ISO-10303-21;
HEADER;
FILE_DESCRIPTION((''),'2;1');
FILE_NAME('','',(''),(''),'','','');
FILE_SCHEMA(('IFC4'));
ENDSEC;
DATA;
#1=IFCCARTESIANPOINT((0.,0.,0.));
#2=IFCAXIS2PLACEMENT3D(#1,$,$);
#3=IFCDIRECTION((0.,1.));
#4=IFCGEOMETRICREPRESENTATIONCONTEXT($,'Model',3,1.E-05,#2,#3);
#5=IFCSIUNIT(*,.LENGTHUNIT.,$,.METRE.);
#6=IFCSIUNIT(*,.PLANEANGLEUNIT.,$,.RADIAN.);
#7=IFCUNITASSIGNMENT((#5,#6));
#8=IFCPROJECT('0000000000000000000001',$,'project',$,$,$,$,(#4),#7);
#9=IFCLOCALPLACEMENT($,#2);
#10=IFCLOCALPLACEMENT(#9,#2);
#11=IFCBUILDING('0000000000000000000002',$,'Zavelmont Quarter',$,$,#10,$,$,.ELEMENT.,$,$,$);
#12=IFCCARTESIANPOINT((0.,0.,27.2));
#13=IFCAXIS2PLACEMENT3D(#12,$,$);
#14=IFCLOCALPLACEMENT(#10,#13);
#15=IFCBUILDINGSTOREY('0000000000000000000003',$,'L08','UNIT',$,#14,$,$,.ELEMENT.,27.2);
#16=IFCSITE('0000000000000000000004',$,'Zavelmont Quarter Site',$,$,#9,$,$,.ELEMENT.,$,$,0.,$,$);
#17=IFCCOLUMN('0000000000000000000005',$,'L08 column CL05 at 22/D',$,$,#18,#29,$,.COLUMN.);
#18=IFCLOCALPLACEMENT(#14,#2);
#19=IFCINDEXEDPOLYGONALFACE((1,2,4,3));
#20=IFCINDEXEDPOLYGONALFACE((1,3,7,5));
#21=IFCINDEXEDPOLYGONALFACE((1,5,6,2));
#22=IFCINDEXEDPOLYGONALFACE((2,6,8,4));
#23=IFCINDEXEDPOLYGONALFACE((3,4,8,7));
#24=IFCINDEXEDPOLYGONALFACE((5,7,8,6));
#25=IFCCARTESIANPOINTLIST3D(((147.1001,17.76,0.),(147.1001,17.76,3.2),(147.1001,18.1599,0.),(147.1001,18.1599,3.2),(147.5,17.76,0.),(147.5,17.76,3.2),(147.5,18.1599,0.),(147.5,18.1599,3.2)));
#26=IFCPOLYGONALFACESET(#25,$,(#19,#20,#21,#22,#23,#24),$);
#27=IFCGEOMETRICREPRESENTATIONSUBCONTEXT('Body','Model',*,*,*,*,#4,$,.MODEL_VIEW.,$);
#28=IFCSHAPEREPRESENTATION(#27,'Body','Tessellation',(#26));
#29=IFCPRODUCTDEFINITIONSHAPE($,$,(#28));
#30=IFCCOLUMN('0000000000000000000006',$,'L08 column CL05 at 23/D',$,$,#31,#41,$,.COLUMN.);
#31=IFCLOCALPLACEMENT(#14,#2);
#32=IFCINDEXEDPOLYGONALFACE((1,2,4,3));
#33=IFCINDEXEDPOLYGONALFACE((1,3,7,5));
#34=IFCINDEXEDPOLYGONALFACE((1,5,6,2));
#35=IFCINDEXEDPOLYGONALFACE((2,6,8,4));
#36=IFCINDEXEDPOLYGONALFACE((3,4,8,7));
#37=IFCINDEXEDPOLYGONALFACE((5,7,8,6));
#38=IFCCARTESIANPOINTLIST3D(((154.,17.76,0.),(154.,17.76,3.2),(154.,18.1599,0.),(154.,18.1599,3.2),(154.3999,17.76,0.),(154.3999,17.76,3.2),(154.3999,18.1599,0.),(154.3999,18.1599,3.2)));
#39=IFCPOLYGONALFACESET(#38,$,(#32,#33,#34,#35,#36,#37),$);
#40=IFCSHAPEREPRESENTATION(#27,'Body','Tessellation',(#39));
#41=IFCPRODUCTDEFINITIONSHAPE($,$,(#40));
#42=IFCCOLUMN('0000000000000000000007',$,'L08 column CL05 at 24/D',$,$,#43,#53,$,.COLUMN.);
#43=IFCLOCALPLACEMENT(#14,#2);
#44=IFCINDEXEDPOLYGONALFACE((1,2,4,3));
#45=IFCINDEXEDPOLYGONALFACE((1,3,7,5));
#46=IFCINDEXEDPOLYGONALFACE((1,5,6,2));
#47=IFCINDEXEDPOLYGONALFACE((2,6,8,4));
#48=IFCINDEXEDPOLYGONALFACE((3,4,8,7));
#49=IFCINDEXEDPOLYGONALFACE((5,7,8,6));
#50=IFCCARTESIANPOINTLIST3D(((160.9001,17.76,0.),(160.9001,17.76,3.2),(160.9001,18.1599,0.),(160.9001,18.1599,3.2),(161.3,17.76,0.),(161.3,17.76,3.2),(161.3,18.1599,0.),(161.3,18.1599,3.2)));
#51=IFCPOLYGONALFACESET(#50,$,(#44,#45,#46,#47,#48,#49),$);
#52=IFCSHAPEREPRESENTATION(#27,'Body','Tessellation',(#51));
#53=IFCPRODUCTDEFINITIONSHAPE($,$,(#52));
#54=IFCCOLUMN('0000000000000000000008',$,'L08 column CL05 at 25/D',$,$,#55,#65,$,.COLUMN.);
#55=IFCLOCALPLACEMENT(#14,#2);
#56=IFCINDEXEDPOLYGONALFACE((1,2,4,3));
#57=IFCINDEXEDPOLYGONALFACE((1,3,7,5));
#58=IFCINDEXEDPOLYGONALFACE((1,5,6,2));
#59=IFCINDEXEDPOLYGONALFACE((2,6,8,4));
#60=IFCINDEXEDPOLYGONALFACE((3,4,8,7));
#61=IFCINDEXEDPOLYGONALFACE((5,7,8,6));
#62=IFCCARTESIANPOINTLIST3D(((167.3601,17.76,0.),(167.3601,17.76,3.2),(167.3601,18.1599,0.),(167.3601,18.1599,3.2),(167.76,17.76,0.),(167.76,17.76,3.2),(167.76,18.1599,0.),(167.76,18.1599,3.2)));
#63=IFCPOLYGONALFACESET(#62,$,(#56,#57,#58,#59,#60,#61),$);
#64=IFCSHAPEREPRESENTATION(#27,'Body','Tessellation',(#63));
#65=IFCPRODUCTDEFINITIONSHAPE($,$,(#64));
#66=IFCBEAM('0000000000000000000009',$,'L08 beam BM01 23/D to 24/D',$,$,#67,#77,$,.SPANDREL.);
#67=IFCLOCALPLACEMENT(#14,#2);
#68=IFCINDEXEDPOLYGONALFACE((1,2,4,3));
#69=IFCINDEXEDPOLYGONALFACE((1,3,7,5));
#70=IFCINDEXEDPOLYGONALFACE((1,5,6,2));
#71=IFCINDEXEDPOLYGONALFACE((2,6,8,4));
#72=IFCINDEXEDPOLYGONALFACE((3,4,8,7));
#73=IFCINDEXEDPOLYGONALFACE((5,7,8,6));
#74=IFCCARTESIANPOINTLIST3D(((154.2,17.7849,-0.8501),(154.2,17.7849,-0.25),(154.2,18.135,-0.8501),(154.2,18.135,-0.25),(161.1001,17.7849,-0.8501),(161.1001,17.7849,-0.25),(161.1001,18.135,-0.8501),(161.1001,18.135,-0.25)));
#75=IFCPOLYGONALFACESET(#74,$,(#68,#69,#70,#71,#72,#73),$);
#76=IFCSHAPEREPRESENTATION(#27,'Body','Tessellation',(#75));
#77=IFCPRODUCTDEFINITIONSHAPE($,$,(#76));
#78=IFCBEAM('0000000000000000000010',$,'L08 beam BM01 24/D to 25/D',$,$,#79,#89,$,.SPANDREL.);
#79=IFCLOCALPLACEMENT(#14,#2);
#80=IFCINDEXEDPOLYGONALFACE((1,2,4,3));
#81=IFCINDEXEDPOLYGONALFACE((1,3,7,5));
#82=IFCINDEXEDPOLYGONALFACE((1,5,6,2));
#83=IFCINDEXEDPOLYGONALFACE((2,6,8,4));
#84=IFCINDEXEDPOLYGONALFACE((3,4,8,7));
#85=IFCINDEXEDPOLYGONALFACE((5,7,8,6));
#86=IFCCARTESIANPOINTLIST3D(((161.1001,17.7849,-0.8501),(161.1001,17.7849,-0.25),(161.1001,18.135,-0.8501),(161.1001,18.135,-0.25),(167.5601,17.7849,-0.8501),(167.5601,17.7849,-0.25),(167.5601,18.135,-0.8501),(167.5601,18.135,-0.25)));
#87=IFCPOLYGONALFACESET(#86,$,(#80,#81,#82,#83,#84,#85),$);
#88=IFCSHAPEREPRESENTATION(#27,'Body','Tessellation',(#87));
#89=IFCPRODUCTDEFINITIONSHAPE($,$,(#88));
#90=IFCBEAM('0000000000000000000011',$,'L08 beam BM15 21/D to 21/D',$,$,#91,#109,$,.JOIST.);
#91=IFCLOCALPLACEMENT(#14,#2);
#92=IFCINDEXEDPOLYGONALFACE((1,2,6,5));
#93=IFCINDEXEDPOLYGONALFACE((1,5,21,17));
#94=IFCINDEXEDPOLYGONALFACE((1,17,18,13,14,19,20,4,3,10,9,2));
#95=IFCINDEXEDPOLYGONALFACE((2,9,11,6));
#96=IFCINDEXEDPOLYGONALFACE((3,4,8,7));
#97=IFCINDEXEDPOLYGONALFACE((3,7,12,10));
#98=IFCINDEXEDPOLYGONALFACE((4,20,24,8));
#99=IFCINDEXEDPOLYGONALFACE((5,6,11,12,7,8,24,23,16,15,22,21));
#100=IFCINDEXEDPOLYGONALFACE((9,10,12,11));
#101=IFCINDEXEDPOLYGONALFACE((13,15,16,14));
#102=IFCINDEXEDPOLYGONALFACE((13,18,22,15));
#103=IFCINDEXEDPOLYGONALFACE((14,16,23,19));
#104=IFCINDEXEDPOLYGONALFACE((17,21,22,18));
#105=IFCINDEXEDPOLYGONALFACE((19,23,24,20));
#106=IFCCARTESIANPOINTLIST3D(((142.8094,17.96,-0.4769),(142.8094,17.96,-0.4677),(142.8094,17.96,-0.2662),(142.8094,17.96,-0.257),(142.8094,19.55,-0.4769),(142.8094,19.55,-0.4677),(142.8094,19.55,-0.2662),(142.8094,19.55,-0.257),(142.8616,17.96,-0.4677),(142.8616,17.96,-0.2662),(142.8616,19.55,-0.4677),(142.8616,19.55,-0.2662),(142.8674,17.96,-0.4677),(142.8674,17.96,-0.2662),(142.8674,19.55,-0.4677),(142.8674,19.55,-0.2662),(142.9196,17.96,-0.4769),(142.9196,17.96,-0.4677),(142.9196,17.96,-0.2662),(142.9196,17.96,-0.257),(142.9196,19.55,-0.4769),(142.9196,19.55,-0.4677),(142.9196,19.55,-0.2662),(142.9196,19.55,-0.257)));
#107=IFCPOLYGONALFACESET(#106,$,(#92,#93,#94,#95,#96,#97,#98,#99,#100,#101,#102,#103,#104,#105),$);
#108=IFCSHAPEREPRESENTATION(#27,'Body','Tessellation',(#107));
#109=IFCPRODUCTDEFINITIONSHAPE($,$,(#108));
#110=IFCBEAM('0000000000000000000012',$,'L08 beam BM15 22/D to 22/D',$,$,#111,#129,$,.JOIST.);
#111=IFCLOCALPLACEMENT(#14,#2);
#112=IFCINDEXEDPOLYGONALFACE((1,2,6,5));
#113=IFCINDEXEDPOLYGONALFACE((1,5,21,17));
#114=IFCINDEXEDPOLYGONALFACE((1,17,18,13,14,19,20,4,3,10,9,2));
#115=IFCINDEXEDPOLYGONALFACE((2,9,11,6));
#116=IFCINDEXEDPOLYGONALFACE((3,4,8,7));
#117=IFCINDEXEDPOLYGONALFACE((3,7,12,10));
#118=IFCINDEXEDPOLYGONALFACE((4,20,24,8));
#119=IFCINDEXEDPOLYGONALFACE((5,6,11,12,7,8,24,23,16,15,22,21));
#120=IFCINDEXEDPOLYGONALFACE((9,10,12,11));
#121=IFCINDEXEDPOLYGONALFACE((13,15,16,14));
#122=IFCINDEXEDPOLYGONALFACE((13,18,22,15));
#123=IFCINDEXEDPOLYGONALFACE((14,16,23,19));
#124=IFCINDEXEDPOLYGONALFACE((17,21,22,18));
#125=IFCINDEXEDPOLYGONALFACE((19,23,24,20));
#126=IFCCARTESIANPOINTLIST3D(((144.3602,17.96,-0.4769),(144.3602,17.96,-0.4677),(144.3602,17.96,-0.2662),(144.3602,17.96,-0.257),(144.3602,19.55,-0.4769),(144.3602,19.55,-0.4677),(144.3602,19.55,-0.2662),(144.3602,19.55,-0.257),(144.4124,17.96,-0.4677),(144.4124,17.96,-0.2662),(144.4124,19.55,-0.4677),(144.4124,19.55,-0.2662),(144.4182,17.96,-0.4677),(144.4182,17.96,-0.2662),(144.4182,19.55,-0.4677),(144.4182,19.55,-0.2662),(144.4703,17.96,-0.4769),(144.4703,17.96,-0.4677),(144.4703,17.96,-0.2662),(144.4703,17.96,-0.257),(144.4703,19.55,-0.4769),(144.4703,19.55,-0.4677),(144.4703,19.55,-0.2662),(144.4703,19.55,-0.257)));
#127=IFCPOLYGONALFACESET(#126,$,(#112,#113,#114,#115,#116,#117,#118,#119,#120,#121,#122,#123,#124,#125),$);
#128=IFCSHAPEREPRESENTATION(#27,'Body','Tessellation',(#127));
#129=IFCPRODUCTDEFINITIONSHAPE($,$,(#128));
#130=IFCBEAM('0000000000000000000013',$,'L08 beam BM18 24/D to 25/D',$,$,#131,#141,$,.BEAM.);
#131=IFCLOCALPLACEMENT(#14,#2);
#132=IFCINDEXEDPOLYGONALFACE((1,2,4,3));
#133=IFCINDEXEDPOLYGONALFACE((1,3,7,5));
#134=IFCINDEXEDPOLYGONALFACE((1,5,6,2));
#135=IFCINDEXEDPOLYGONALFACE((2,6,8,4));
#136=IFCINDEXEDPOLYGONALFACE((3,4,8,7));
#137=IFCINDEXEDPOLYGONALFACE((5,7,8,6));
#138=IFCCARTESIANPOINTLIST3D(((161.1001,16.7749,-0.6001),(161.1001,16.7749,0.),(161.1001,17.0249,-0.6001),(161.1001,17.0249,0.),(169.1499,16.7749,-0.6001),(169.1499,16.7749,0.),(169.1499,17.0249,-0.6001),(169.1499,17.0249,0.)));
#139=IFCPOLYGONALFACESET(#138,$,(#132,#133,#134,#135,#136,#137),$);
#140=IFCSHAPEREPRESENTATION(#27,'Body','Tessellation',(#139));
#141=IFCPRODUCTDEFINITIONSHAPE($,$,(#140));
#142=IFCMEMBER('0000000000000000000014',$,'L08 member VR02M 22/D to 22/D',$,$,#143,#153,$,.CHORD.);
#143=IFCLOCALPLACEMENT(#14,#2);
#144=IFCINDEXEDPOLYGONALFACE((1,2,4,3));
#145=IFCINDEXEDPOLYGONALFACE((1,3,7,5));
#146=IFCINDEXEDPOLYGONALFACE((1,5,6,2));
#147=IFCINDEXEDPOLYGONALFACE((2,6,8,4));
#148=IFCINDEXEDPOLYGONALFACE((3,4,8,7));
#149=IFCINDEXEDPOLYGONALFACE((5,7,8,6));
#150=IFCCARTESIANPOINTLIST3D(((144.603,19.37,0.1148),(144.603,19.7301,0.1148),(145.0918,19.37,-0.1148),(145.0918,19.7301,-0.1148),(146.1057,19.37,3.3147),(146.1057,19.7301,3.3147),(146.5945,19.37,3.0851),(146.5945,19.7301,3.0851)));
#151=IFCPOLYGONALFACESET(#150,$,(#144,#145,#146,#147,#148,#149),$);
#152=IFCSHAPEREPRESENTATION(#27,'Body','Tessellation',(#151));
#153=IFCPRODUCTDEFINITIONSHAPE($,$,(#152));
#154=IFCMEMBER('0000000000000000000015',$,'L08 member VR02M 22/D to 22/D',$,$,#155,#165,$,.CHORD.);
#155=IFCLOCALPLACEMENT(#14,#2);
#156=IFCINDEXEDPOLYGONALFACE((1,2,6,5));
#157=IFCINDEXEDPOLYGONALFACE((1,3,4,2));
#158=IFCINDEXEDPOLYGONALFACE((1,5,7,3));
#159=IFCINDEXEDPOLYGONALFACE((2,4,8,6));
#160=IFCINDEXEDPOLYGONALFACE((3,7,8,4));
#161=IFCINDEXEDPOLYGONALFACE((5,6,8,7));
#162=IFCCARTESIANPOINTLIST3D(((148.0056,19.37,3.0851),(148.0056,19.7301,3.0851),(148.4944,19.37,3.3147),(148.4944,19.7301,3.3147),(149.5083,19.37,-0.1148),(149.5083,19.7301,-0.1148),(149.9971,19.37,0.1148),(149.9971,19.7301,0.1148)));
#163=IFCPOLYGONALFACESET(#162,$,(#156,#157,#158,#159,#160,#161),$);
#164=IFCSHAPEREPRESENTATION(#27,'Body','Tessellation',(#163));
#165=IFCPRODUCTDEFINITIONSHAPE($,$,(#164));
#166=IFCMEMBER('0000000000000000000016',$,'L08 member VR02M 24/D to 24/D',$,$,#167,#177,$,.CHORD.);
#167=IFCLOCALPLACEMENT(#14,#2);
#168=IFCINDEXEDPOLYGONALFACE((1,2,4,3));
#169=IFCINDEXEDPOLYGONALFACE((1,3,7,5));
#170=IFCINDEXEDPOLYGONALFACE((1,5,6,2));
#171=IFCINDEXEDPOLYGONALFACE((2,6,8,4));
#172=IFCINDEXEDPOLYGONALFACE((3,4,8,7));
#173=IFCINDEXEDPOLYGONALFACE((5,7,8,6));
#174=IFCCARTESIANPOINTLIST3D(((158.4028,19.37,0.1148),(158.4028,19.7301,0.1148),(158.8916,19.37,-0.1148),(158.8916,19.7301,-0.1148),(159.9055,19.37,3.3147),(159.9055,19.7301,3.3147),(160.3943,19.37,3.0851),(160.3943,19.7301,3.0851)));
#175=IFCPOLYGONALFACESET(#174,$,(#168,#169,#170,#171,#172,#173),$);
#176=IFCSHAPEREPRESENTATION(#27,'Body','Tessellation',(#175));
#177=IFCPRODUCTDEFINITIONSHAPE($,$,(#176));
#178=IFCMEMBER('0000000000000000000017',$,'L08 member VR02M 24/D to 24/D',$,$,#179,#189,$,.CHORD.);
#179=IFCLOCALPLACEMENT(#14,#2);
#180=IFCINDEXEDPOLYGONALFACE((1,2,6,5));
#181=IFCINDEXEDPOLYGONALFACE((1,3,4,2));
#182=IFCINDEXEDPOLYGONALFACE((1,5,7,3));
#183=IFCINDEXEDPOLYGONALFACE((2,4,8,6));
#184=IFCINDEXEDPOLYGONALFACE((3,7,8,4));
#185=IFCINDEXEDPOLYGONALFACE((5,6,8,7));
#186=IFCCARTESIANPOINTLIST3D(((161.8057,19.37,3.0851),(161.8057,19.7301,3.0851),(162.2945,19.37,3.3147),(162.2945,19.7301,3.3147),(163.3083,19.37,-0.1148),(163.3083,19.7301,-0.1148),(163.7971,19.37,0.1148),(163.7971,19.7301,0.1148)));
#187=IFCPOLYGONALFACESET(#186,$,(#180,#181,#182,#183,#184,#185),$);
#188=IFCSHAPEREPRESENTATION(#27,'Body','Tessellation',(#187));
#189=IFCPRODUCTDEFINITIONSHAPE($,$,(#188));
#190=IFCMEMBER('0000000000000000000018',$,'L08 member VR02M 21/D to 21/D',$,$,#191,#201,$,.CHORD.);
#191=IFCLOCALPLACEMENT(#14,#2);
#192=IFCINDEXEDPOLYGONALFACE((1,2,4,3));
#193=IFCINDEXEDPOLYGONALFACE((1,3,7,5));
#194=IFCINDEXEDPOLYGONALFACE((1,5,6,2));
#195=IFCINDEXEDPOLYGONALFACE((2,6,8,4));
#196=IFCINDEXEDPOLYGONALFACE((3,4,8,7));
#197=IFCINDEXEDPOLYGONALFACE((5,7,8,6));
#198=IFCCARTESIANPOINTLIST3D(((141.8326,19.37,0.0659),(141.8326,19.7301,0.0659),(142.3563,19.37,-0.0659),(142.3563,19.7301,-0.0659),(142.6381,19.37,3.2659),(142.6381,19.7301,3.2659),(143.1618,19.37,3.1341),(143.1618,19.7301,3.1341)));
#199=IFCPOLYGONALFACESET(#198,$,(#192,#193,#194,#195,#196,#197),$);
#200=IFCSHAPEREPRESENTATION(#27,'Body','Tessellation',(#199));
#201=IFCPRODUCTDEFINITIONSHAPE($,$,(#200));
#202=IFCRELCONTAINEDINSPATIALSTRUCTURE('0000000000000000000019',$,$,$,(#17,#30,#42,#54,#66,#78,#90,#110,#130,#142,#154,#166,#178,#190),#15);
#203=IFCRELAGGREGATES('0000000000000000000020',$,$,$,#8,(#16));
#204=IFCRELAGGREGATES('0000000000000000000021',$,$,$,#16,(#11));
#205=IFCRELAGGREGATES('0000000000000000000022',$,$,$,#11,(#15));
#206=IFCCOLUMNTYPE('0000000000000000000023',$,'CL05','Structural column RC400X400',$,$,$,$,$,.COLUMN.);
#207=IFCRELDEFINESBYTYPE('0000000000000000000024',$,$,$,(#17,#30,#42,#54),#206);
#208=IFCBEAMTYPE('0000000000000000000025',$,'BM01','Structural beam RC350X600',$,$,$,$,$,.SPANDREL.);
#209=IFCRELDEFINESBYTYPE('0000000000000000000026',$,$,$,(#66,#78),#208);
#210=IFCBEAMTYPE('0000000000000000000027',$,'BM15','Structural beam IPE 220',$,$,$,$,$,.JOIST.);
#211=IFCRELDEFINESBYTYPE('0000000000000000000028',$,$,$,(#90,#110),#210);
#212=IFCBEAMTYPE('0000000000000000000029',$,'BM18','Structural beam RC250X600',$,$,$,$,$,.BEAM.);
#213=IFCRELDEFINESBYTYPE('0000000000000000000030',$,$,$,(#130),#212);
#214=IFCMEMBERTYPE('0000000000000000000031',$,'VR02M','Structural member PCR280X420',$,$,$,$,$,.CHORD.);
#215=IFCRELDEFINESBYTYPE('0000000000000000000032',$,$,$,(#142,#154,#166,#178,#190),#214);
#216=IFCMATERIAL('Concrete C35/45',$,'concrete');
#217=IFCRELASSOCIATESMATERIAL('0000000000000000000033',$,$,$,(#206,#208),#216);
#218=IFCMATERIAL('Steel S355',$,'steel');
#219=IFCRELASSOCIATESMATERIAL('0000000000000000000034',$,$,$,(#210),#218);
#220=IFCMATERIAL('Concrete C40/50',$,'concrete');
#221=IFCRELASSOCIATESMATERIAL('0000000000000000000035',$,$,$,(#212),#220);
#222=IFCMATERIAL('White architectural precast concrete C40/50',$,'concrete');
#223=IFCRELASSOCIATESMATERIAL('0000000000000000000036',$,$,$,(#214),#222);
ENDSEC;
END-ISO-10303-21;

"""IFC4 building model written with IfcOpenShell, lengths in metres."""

from ifc_helpers import new_model, si_unit, direction, frame, origin, origin_2d, place, context, subcontext, project, spatial, rectangle, i_section, extrude, material, material_profile, profile_set, type_object, element, save


model = new_model("IFC4")

# Units and contexts
model_context = context("Model", 3, precision=1e-05, world=origin(), true_north=direction((0.0, 1.0)))
body_context = subcontext(model_context, "Body", "Model", "MODEL_VIEW")
ifc_project = project(units=[si_unit("LENGTHUNIT", "METRE"), si_unit("PLANEANGLEUNIT", "RADIAN")], contexts=[model_context])

# Site, building, storey
site_placement = place(None, origin())
site = spatial("IfcSite", under=ifc_project, at=site_placement, Name="Zavelmont Quarter Site", CompositionType="ELEMENT", RefElevation=0.0)
building_placement = place(site_placement, origin())
building = spatial("IfcBuilding", under=site, at=building_placement, Name="Zavelmont Quarter", CompositionType="ELEMENT")
storey_placement = place(building_placement, frame((0.0, 0.0, 27.2)))
storey = spatial("IfcBuildingStorey", under=building, at=storey_placement, Name="L08", Description="UNIT", CompositionType="ELEMENT", Elevation=27.2)

# Columns
ifc_material_1 = material(Name="Concrete C35/45", Category="concrete")
ifc_material_profile_1 = material_profile(ifc_material_1, rectangle(XDim=0.3999, YDim=0.3999, at=origin_2d()), Name="RC400X400")
ifc_profile_set_1 = profile_set([ifc_material_profile_1], Name="Concrete C35/45")
column_type = type_object("IfcColumnType", Name="CL05", Description="Structural column RC400X400", PredefinedType="COLUMN", material=ifc_profile_set_1)
for number, where, z_axis, x_axis, name in (
    (1, (147.3, 17.96, 0.0), (0.0, 0.0, 1.0), (1.0, 0.0, 0.0), "L08 column CL05 at 22/D"),
    (2, (154.2, 17.96, 0.0), (0.0, 0.0, 1.0), (1.0, 0.0, 0.0), "L08 column CL05 at 23/D"),
    (3, (161.1001, 17.96, 0.0), (0.0, 0.0, 1.0), (1.0, 0.0, 0.0), "L08 column CL05 at 24/D"),
    (4, (167.5601, 17.96, 0.0), (0.0, 0.0, 1.0), (1.0, 0.0, 0.0), "L08 column CL05 at 25/D"),
):
    element("IfcColumn", number, at=place(storey_placement, frame(where, z_axis=z_axis, x_axis=x_axis)), inside=storey, type_object=column_type, Name=name, PredefinedType="COLUMN", context=body_context, shape_type="SweptSolid", body=[
        extrude(rectangle(XDim=0.3999, YDim=0.3999, at=origin_2d()), origin(), (0.0, 0.0, 1.0), 3.2),
    ])

# Beams
ifc_material_profile_2 = material_profile(ifc_material_1, rectangle(XDim=0.3501, YDim=0.6001, at=origin_2d()), Name="RC350X600")
ifc_profile_set_2 = profile_set([ifc_material_profile_2], Name="Concrete C35/45")
beam_type_1 = type_object("IfcBeamType", Name="BM01", Description="Structural beam RC350X600", PredefinedType="SPANDREL", material=ifc_profile_set_2)
beam_1_placement = place(storey_placement, frame((154.2, 17.96, -0.55), z_axis=(1.0, 0.0, 0.0), x_axis=(0.0, 1.0, 0.0)))
element("IfcBeam", 5, at=beam_1_placement, inside=storey, type_object=beam_type_1, Name="L08 beam BM01 23/D to 24/D", PredefinedType="SPANDREL", context=body_context, shape_type="SweptSolid", body=[
    extrude(rectangle(XDim=0.3501, YDim=0.6001, at=origin_2d()), origin(), (0.0, 0.0, 1.0), 6.9001),
])
beam_2_placement = place(storey_placement, frame((161.1001, 17.96, -0.55), z_axis=(1.0, 0.0, 0.0), x_axis=(0.0, 1.0, 0.0)))
element("IfcBeam", 6, at=beam_2_placement, inside=storey, type_object=beam_type_1, Name="L08 beam BM01 24/D to 25/D", PredefinedType="SPANDREL", context=body_context, shape_type="SweptSolid", body=[
    extrude(rectangle(XDim=0.3501, YDim=0.6001, at=origin_2d()), origin(), (0.0, 0.0, 1.0), 6.46),
])
ifc_material_2 = material(Name="Steel S355", Category="steel")
ifc_material_profile_3 = material_profile(ifc_material_2, i_section(OverallWidth=0.1101, OverallDepth=0.22, WebThickness=0.0059, FlangeThickness=0.0093, at=origin_2d()), Name="IPE 220")
ifc_profile_set_3 = profile_set([ifc_material_profile_3], Name="Steel S355")
beam_type_2 = type_object("IfcBeamType", Name="BM15", Description="Structural beam IPE 220", PredefinedType="JOIST", material=ifc_profile_set_3)
for number, where, z_axis, x_axis, name in (
    (7, (142.8645, 17.96, -0.3669), (0.0, 1.0, 0.0), (-1.0, 0.0, 0.0), "L08 beam BM15 21/D to 21/D"),
    (8, (144.4153, 17.96, -0.3669), (0.0, 1.0, 0.0), (-1.0, 0.0, 0.0), "L08 beam BM15 22/D to 22/D"),
):
    element("IfcBeam", number, at=place(storey_placement, frame(where, z_axis=z_axis, x_axis=x_axis)), inside=storey, type_object=beam_type_2, Name=name, PredefinedType="JOIST", context=body_context, shape_type="SweptSolid", body=[
        extrude(i_section(OverallWidth=0.1101, OverallDepth=0.22, WebThickness=0.0059, FlangeThickness=0.0093, at=origin_2d()), origin(), (0.0, 0.0, 1.0), 1.5901),
    ])
ifc_material_3 = material(Name="Concrete C40/50", Category="concrete")
ifc_material_profile_4 = material_profile(ifc_material_3, rectangle(XDim=0.25, YDim=0.6001, at=origin_2d()), Name="RC250X600")
ifc_profile_set_4 = profile_set([ifc_material_profile_4], Name="Concrete C40/50")
beam_type_3 = type_object("IfcBeamType", Name="BM18", Description="Structural beam RC250X600", PredefinedType="BEAM", material=ifc_profile_set_4)
beam_3_placement = place(storey_placement, frame((161.1001, 16.8999, -0.3), z_axis=(1.0, 0.0, 0.0), x_axis=(0.0, 1.0, 0.0)))
element("IfcBeam", 9, at=beam_3_placement, inside=storey, type_object=beam_type_3, Name="L08 beam BM18 24/D to 25/D", PredefinedType="BEAM", context=body_context, shape_type="SweptSolid", body=[
    extrude(rectangle(XDim=0.25, YDim=0.6001, at=origin_2d()), origin(), (0.0, 0.0, 1.0), 8.0498),
])

# Members
ifc_material_4 = material(Name="White architectural precast concrete C40/50", Category="concrete")
ifc_material_profile_5 = material_profile(ifc_material_4, rectangle(XDim=0.3601, YDim=0.54, at=origin_2d()), Name="PCR280X420")
ifc_profile_set_5 = profile_set([ifc_material_profile_5], Name="White architectural precast concrete C40/50")
member_type = type_object("IfcMemberType", Name="VR02M", Description="Structural member PCR280X420", PredefinedType="CHORD", material=ifc_profile_set_5)
for number, where, z_axis, x_axis, name in (
    (10, (144.8474, 19.55, 0.0), (0.425062, 0.0, 0.905164), (0.0, 1.0, 0.0), "L08 member VR02M 22/D to 22/D"),
    (11, (149.7527, 19.55, 0.0), (-0.425062, 0.0, 0.905164), (0.0, -1.0, 0.0), "L08 member VR02M 22/D to 22/D"),
    (12, (158.6472, 19.55, 0.0), (0.425062, 0.0, 0.905164), (0.0, 1.0, 0.0), "L08 member VR02M 24/D to 24/D"),
    (13, (163.5527, 19.55, 0.0), (-0.425062, 0.0, 0.905164), (0.0, -1.0, 0.0), "L08 member VR02M 24/D to 24/D"),
):
    element("IfcMember", number, at=place(storey_placement, frame(where, z_axis=z_axis, x_axis=x_axis)), inside=storey, type_object=member_type, Name=name, PredefinedType="CHORD", context=body_context, shape_type="SweptSolid", body=[
        extrude(rectangle(XDim=0.3601, YDim=0.54, at=origin_2d()), origin(), (0.0, 0.0, 1.0), 3.5352),
    ])
for number, where, z_axis, x_axis, name in (
    (14, (142.0945, 19.55, 0.0), (0.244085, 0.0, 0.969754), (0.0, 1.0, 0.0), "L08 member VR02M 21/D to 21/D"),
):
    element("IfcMember", number, at=place(storey_placement, frame(where, z_axis=z_axis, x_axis=x_axis)), inside=storey, type_object=member_type, Name=name, PredefinedType="CHORD", context=body_context, shape_type="SweptSolid", body=[
        extrude(rectangle(XDim=0.3601, YDim=0.54, at=origin_2d()), origin(), (0.0, 0.0, 1.0), 3.2998),
    ])

save(model, "model.ifc")
